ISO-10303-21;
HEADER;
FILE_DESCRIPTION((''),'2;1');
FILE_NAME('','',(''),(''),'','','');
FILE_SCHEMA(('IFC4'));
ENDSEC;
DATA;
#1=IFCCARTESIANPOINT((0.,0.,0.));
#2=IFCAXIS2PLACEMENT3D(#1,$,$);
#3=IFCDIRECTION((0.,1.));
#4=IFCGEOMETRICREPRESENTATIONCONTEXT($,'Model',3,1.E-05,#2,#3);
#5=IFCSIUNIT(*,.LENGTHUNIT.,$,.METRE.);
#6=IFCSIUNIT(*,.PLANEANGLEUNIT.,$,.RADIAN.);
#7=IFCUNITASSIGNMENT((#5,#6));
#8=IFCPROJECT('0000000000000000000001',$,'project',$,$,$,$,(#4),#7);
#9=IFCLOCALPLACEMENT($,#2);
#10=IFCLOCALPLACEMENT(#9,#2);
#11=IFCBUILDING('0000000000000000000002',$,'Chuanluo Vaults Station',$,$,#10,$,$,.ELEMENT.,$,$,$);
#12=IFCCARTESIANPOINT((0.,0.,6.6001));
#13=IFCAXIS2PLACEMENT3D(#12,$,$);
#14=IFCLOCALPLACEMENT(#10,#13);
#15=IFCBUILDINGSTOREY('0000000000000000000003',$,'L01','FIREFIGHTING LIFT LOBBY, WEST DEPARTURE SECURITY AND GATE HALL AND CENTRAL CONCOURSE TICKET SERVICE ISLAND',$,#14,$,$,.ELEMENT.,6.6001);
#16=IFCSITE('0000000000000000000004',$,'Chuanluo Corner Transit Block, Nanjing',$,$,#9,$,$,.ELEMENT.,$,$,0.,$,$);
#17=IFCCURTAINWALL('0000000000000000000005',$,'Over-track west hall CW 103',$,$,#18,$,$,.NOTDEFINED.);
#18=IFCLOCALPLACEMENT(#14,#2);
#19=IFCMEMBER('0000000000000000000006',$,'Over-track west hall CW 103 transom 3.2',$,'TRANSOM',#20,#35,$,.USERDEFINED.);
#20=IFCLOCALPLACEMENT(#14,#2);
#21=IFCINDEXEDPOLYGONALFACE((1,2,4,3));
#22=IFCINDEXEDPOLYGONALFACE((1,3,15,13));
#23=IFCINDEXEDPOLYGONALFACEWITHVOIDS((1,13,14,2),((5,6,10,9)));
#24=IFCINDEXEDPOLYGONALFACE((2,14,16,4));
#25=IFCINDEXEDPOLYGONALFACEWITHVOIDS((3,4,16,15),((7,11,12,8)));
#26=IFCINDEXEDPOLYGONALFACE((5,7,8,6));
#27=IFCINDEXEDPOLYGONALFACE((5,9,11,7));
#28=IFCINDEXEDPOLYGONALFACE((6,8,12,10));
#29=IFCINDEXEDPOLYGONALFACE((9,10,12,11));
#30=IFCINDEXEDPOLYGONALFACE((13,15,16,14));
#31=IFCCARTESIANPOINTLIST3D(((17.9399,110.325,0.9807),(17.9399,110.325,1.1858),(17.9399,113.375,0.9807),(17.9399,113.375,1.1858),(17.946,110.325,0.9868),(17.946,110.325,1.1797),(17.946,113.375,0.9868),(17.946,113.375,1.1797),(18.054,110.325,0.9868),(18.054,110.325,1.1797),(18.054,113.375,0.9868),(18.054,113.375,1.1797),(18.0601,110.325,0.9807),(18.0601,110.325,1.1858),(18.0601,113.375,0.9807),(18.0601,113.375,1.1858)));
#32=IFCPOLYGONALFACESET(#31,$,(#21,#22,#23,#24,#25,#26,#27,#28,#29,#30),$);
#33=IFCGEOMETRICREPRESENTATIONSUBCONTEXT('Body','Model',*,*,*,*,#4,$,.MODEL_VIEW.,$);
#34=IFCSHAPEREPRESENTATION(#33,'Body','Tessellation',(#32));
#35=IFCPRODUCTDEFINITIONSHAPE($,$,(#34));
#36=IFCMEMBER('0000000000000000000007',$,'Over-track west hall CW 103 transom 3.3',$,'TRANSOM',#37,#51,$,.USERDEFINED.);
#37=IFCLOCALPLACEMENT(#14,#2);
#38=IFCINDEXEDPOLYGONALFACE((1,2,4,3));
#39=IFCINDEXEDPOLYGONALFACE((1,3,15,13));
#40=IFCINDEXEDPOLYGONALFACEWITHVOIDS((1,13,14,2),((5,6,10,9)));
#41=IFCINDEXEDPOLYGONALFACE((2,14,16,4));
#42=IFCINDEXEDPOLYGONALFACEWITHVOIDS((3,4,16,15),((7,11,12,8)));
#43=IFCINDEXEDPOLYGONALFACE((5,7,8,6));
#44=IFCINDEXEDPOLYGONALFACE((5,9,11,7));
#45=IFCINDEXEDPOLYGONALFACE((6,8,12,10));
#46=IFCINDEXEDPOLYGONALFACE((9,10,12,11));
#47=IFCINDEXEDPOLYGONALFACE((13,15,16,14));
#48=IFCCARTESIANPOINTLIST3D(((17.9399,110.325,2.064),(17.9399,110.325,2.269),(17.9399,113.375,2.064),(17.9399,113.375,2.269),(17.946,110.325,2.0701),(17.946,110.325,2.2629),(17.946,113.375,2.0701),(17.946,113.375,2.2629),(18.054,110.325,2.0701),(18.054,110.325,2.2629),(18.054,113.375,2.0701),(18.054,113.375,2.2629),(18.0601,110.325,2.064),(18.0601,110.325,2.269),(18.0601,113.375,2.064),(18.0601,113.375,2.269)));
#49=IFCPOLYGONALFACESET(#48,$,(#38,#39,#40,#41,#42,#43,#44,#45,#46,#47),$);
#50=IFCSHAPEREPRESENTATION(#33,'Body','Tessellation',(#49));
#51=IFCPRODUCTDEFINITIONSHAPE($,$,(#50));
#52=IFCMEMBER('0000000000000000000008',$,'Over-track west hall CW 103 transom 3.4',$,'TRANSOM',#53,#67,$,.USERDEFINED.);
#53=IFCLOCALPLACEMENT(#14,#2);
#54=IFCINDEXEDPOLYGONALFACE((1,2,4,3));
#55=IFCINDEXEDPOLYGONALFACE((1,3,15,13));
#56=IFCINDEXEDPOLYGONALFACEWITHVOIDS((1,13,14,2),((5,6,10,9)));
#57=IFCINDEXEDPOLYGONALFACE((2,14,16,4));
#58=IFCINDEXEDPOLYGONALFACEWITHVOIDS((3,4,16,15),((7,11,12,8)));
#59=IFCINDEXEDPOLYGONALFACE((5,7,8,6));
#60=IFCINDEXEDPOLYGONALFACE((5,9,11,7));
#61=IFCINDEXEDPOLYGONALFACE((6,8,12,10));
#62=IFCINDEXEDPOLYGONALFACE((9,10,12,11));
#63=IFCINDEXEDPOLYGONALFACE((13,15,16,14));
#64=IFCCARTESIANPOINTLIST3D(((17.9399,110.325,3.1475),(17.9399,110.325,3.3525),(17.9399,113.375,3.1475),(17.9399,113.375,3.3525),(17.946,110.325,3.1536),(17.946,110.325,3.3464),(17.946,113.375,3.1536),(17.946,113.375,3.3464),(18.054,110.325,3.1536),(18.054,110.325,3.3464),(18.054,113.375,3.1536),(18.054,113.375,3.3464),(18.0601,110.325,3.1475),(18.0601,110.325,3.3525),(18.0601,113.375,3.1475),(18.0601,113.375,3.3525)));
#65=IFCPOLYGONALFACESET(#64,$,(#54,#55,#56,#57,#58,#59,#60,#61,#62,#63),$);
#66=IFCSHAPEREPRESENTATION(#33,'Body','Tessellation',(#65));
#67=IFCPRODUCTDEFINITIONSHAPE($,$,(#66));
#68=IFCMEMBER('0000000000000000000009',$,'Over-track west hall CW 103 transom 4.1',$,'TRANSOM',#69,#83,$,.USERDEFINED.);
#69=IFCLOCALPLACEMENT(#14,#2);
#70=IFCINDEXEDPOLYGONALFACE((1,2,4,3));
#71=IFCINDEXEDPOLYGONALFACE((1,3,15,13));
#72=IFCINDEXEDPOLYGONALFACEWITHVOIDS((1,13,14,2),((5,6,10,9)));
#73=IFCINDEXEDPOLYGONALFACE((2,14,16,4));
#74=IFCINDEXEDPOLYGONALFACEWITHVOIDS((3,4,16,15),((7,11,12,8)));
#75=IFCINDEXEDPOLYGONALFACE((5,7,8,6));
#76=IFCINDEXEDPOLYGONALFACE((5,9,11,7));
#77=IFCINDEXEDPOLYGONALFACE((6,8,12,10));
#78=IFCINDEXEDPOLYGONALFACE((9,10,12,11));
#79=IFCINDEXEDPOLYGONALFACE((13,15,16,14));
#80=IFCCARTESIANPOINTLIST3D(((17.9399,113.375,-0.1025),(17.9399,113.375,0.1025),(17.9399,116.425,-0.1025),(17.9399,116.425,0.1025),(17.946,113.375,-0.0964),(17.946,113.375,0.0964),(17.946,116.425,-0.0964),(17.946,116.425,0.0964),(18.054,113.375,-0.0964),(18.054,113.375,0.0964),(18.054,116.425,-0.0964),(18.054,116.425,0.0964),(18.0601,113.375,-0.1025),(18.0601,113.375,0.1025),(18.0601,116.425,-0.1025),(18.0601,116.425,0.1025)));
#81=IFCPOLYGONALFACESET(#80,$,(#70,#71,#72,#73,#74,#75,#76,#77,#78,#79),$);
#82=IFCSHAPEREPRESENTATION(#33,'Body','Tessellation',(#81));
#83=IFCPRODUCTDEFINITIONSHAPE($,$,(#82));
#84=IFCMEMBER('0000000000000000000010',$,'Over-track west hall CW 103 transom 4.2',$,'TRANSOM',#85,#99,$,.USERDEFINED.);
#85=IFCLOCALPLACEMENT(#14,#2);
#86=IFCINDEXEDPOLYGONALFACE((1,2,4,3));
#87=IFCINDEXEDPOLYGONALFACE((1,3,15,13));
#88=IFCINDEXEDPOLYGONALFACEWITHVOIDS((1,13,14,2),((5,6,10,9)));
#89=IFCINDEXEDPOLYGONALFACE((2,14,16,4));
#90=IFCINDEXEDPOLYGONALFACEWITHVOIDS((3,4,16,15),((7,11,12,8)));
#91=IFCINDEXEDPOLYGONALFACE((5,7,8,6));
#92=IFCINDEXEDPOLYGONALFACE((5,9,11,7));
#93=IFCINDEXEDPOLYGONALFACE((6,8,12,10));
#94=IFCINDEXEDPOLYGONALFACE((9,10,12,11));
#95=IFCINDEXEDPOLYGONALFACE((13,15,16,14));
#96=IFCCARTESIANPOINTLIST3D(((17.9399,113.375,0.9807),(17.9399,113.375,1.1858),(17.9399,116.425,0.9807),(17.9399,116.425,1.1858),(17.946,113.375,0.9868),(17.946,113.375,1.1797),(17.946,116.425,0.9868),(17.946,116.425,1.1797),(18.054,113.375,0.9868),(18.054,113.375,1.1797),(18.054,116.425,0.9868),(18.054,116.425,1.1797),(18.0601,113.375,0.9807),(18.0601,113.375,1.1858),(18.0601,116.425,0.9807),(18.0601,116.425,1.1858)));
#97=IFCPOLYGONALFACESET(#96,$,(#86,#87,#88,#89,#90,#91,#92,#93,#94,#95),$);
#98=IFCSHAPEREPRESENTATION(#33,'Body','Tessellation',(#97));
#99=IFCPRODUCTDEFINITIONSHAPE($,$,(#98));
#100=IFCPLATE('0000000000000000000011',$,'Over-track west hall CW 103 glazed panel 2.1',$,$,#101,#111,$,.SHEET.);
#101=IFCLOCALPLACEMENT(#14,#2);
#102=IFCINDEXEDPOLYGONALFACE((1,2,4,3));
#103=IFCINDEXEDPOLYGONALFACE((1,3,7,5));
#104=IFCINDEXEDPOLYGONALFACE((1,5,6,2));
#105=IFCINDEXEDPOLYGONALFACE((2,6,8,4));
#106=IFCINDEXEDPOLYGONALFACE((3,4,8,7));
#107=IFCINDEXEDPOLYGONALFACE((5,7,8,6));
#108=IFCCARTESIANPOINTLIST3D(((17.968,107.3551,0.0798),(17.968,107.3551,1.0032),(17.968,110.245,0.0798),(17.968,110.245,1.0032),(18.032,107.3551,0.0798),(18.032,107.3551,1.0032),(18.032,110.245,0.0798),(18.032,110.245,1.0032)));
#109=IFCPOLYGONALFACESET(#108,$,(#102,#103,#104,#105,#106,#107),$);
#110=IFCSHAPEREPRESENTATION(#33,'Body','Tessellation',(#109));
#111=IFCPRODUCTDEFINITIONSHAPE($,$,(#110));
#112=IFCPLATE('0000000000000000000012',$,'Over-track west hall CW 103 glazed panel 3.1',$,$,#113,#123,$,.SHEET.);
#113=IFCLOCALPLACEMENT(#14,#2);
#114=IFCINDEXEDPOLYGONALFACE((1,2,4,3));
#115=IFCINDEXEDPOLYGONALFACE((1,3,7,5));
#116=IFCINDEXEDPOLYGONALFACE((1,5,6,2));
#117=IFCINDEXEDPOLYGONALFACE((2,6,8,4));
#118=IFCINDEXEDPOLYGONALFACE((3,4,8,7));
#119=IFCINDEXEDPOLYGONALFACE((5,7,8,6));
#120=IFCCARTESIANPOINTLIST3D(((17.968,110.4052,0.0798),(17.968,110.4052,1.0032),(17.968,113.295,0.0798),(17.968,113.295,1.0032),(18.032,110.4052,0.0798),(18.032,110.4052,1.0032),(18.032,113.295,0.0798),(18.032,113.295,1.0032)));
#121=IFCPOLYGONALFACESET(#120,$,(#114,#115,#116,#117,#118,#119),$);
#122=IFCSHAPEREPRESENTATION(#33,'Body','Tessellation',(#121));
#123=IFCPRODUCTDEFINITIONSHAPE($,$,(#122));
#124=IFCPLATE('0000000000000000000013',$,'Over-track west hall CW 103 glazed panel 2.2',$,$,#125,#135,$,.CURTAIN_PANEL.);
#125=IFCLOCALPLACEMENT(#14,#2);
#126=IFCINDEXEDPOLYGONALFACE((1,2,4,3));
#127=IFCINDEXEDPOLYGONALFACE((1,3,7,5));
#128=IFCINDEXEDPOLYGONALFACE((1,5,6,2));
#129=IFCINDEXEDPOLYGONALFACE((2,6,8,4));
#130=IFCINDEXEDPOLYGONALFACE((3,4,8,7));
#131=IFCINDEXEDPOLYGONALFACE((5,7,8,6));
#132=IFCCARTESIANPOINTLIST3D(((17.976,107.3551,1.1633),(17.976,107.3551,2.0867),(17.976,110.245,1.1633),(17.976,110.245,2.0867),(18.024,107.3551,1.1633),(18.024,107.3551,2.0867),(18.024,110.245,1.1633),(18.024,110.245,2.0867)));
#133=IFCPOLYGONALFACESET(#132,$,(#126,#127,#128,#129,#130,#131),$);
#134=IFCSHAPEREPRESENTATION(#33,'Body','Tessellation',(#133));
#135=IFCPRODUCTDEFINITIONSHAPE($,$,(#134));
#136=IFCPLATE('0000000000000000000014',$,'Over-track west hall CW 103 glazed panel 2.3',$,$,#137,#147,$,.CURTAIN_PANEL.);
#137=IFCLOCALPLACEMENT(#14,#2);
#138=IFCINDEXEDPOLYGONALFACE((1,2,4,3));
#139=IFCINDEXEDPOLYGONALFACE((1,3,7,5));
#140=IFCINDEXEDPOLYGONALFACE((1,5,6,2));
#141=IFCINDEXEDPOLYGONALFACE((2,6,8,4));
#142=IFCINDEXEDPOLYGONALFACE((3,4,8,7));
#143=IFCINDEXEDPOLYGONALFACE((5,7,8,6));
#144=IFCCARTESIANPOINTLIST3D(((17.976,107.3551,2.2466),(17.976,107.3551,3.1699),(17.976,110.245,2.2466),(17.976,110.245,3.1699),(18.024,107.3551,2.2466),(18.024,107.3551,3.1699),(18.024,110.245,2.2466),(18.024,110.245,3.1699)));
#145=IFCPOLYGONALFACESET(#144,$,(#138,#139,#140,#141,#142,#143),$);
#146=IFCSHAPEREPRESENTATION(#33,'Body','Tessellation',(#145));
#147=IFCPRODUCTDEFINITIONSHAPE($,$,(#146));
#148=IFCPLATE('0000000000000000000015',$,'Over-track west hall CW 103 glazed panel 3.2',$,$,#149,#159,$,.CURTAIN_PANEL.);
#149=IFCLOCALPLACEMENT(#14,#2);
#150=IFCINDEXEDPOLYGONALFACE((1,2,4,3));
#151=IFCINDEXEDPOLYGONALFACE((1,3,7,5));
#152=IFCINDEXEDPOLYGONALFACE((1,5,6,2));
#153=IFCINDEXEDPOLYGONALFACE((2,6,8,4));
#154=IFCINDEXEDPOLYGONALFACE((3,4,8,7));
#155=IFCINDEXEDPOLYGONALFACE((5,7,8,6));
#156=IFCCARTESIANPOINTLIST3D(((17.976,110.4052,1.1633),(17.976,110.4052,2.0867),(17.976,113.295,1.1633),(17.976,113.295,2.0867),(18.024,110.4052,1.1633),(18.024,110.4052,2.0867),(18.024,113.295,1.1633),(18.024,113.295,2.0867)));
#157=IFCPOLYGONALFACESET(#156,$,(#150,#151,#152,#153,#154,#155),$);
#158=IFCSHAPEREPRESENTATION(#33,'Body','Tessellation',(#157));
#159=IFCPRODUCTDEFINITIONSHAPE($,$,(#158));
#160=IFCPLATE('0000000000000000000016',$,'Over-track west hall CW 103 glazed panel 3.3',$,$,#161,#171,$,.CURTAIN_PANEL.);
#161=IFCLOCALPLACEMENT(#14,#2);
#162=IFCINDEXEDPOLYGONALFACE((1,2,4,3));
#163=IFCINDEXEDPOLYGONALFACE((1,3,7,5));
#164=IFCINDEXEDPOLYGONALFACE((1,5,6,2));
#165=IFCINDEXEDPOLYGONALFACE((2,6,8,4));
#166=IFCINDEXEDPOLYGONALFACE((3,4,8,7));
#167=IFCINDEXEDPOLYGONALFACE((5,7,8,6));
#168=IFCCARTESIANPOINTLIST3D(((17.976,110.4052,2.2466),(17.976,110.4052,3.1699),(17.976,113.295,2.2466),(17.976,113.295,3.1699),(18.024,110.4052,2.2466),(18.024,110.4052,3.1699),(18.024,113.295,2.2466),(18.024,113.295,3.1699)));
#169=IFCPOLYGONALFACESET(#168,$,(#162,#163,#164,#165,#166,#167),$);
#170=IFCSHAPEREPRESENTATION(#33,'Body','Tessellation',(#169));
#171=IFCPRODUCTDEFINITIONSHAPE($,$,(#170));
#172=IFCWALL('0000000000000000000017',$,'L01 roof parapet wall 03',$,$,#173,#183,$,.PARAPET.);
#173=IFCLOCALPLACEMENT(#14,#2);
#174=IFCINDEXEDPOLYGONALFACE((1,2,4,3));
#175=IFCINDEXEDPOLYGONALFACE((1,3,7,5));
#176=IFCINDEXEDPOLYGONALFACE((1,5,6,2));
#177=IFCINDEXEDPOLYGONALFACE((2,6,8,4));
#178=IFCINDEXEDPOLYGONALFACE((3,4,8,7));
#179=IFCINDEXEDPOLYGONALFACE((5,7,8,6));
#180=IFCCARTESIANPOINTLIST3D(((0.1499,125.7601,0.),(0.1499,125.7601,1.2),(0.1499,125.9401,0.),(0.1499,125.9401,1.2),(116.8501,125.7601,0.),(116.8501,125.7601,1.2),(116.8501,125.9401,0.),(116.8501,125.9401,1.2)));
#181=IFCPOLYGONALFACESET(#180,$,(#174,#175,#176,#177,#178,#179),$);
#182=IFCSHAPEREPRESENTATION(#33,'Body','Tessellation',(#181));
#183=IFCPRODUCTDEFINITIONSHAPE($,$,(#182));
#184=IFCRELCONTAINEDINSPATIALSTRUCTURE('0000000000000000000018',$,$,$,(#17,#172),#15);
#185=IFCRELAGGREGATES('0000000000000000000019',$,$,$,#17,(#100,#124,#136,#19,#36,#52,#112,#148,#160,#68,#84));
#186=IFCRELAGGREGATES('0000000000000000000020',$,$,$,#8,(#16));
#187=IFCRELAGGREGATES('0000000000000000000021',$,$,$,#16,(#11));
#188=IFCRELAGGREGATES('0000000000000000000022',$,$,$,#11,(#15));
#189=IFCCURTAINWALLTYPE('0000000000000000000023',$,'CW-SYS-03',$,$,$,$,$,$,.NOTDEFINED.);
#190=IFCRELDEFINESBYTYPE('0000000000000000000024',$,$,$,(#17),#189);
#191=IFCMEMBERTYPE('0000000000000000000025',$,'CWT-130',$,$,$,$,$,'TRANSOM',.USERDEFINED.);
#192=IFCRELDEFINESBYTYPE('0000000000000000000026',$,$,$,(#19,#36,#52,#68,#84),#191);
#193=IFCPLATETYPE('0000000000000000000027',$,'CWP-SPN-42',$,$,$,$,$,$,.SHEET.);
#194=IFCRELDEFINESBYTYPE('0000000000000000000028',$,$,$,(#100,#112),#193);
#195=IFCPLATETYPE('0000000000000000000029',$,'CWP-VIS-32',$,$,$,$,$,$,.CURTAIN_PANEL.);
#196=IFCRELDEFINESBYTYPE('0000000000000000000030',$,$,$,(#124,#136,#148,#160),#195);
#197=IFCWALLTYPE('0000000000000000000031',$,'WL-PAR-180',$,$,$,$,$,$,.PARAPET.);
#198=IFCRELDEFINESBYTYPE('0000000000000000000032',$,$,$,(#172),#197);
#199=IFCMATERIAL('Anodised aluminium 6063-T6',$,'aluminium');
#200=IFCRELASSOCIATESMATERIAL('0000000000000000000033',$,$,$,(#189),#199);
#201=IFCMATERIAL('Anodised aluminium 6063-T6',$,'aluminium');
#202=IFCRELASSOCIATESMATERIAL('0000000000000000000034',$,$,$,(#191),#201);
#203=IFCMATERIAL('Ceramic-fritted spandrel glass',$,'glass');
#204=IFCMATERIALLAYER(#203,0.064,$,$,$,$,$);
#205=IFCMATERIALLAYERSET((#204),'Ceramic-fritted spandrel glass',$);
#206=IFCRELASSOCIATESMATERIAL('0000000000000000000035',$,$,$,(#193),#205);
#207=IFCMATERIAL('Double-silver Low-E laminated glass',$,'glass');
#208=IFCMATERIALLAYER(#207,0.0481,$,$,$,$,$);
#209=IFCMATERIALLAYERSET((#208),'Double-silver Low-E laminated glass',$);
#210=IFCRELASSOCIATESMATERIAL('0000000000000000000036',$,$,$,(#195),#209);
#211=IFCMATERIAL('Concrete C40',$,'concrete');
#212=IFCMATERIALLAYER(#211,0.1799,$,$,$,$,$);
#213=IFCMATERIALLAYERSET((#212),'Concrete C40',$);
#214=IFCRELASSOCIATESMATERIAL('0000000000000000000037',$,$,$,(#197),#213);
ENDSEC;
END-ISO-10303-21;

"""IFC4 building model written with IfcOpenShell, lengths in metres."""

from ifc_helpers import new_model, si_unit, direction, frame, frame_2d, origin, origin_2d, place, context, subcontext, project, spatial, rectangle, hollow_rectangle, extrude, material, layer, layer_set, material_profile, profile_set, type_object, element, aggregate, save


model = new_model("IFC4")

# Units and contexts
model_context = context("Model", 3, precision=1e-05, world=origin(), true_north=direction((0.0, 1.0)))
body_context = subcontext(model_context, "Body", "Model", "MODEL_VIEW")
ifc_project = project(units=[si_unit("LENGTHUNIT", "METRE"), si_unit("PLANEANGLEUNIT", "RADIAN")], contexts=[model_context])

# Site, building, storey
site_placement = place(None, origin())
site = spatial("IfcSite", under=ifc_project, at=site_placement, Name="Chuanluo Corner Transit Block, Nanjing", CompositionType="ELEMENT", RefElevation=0.0)
building_placement = place(site_placement, origin())
building = spatial("IfcBuilding", under=site, at=building_placement, Name="Chuanluo Vaults Station", CompositionType="ELEMENT")
storey_placement = place(building_placement, frame((0.0, 0.0, 6.6001)))
storey = spatial("IfcBuildingStorey", under=building, at=storey_placement, Name="L01", Description="FIREFIGHTING LIFT LOBBY, WEST DEPARTURE SECURITY AND GATE HALL AND CENTRAL CONCOURSE TICKET SERVICE ISLAND", CompositionType="ELEMENT", Elevation=6.6001)

# Curtain wall, members, plates
ifc_material_1 = material(Name="Anodised aluminium 6063-T6", Category="aluminium")
curtain_wall_type = type_object("IfcCurtainWallType", Name="CW-SYS-03", PredefinedType="NOTDEFINED", material=ifc_material_1)
curtain_wall_placement = place(storey_placement, origin())
curtain_wall = element("IfcCurtainWall", 1, at=curtain_wall_placement, inside=storey, type_object=curtain_wall_type, Name="Over-track west hall CW 103", PredefinedType="NOTDEFINED")
ifc_material_2 = material(Name="Anodised aluminium 6063-T6", Category="aluminium")
ifc_material_profile_1 = material_profile(ifc_material_2, hollow_rectangle(XDim=0.1201, YDim=0.2051, WallThickness=0.0061, at=origin_2d()))
ifc_profile_set_1 = profile_set([ifc_material_profile_1], Name="Anodised aluminium 6063-T6")
member_type_1 = type_object("IfcMemberType", Name="CWT-130", ElementType="TRANSOM", PredefinedType="USERDEFINED", material=ifc_profile_set_1)
member_1_placement = place(storey_placement, frame((18.0, 110.325, 1.0833), z_axis=(0.0, 1.0, 0.0), x_axis=(-1.0, 0.0, 0.0)))
member_1 = element("IfcMember", 2, at=member_1_placement, type_object=member_type_1, Name="Over-track west hall CW 103 transom 3.2", ObjectType="TRANSOM", PredefinedType="USERDEFINED", context=body_context, shape_type="SweptSolid", body=[
    extrude(hollow_rectangle(XDim=0.1201, YDim=0.2051, WallThickness=0.0061, at=origin_2d()), origin(), (0.0, 0.0, 1.0), 3.05),
])
member_2_placement = place(storey_placement, frame((18.0, 110.325, 2.1665), z_axis=(0.0, 1.0, 0.0), x_axis=(-1.0, 0.0, 0.0)))
member_2 = element("IfcMember", 3, at=member_2_placement, type_object=member_type_1, Name="Over-track west hall CW 103 transom 3.3", ObjectType="TRANSOM", PredefinedType="USERDEFINED", context=body_context, shape_type="SweptSolid", body=[
    extrude(hollow_rectangle(XDim=0.1201, YDim=0.2051, WallThickness=0.0061, at=origin_2d()), origin(), (0.0, 0.0, 1.0), 3.05),
])
member_3_placement = place(storey_placement, frame((18.0, 110.325, 3.25), z_axis=(0.0, 1.0, 0.0), x_axis=(-1.0, 0.0, 0.0)))
member_3 = element("IfcMember", 4, at=member_3_placement, type_object=member_type_1, Name="Over-track west hall CW 103 transom 3.4", ObjectType="TRANSOM", PredefinedType="USERDEFINED", context=body_context, shape_type="SweptSolid", body=[
    extrude(hollow_rectangle(XDim=0.1201, YDim=0.2051, WallThickness=0.0061, at=origin_2d()), origin(), (0.0, 0.0, 1.0), 3.05),
])
member_4_placement = place(storey_placement, frame((18.0, 113.375, 0.0), z_axis=(0.0, 1.0, 0.0), x_axis=(-1.0, 0.0, 0.0)))
member_4 = element("IfcMember", 5, at=member_4_placement, type_object=member_type_1, Name="Over-track west hall CW 103 transom 4.1", ObjectType="TRANSOM", PredefinedType="USERDEFINED", context=body_context, shape_type="SweptSolid", body=[
    extrude(hollow_rectangle(XDim=0.1201, YDim=0.2051, WallThickness=0.0061, at=origin_2d()), origin(), (0.0, 0.0, 1.0), 3.05),
])
member_5_placement = place(storey_placement, frame((18.0, 113.375, 1.0833), z_axis=(0.0, 1.0, 0.0), x_axis=(-1.0, 0.0, 0.0)))
member_5 = element("IfcMember", 6, at=member_5_placement, type_object=member_type_1, Name="Over-track west hall CW 103 transom 4.2", ObjectType="TRANSOM", PredefinedType="USERDEFINED", context=body_context, shape_type="SweptSolid", body=[
    extrude(hollow_rectangle(XDim=0.1201, YDim=0.2051, WallThickness=0.0061, at=origin_2d()), origin(), (0.0, 0.0, 1.0), 3.05),
])
ifc_material_3 = material(Name="Ceramic-fritted spandrel glass", Category="glass")
ifc_layer_1 = layer(ifc_material_3, 0.064)
ifc_layer_set_1 = layer_set([ifc_layer_1], Name="Ceramic-fritted spandrel glass")
plate_type_1 = type_object("IfcPlateType", Name="CWP-SPN-42", PredefinedType="SHEET", material=ifc_layer_set_1)
plate_1_placement = place(storey_placement, frame((18.0, 108.8, 0.0798), z_axis=(0.0, 0.0, 1.0), x_axis=(0.0, 1.0, 0.0)))
plate_1 = element("IfcPlate", 7, at=plate_1_placement, type_object=plate_type_1, Name="Over-track west hall CW 103 glazed panel 2.1", PredefinedType="SHEET", context=body_context, shape_type="SweptSolid", body=[
    extrude(rectangle(XDim=2.8899, YDim=0.064, at=origin_2d()), origin(), (0.0, 0.0, 1.0), 0.9233),
])
plate_2_placement = place(storey_placement, frame((18.0, 111.8501, 0.0798), z_axis=(0.0, 0.0, 1.0), x_axis=(0.0, 1.0, 0.0)))
plate_2 = element("IfcPlate", 8, at=plate_2_placement, type_object=plate_type_1, Name="Over-track west hall CW 103 glazed panel 3.1", PredefinedType="SHEET", context=body_context, shape_type="SweptSolid", body=[
    extrude(rectangle(XDim=2.8899, YDim=0.064, at=origin_2d()), origin(), (0.0, 0.0, 1.0), 0.9233),
])
ifc_material_4 = material(Name="Double-silver Low-E laminated glass", Category="glass")
ifc_layer_2 = layer(ifc_material_4, 0.0481)
ifc_layer_set_2 = layer_set([ifc_layer_2], Name="Double-silver Low-E laminated glass")
plate_type_2 = type_object("IfcPlateType", Name="CWP-VIS-32", PredefinedType="CURTAIN_PANEL", material=ifc_layer_set_2)
plate_3_placement = place(storey_placement, frame((18.0, 108.8, 1.1633), z_axis=(0.0, 0.0, 1.0), x_axis=(0.0, 1.0, 0.0)))
plate_3 = element("IfcPlate", 9, at=plate_3_placement, type_object=plate_type_2, Name="Over-track west hall CW 103 glazed panel 2.2", PredefinedType="CURTAIN_PANEL", context=body_context, shape_type="SweptSolid", body=[
    extrude(rectangle(XDim=2.8899, YDim=0.0481, at=origin_2d()), origin(), (0.0, 0.0, 1.0), 0.9233),
])
plate_4_placement = place(storey_placement, frame((18.0, 108.8, 2.2466), z_axis=(0.0, 0.0, 1.0), x_axis=(0.0, 1.0, 0.0)))
plate_4 = element("IfcPlate", 10, at=plate_4_placement, type_object=plate_type_2, Name="Over-track west hall CW 103 glazed panel 2.3", PredefinedType="CURTAIN_PANEL", context=body_context, shape_type="SweptSolid", body=[
    extrude(rectangle(XDim=2.8899, YDim=0.0481, at=origin_2d()), origin(), (0.0, 0.0, 1.0), 0.9233),
])
plate_5_placement = place(storey_placement, frame((18.0, 111.8501, 1.1633), z_axis=(0.0, 0.0, 1.0), x_axis=(0.0, 1.0, 0.0)))
plate_5 = element("IfcPlate", 11, at=plate_5_placement, type_object=plate_type_2, Name="Over-track west hall CW 103 glazed panel 3.2", PredefinedType="CURTAIN_PANEL", context=body_context, shape_type="SweptSolid", body=[
    extrude(rectangle(XDim=2.8899, YDim=0.0481, at=origin_2d()), origin(), (0.0, 0.0, 1.0), 0.9233),
])
plate_6_placement = place(storey_placement, frame((18.0, 111.8501, 2.2466), z_axis=(0.0, 0.0, 1.0), x_axis=(0.0, 1.0, 0.0)))
plate_6 = element("IfcPlate", 12, at=plate_6_placement, type_object=plate_type_2, Name="Over-track west hall CW 103 glazed panel 3.3", PredefinedType="CURTAIN_PANEL", context=body_context, shape_type="SweptSolid", body=[
    extrude(rectangle(XDim=2.8899, YDim=0.0481, at=origin_2d()), origin(), (0.0, 0.0, 1.0), 0.9233),
])
aggregate(curtain_wall, [plate_1, plate_3, plate_4, member_1, member_2, member_3, plate_2, plate_5, plate_6, member_4, member_5])

# Wall
ifc_material_5 = material(Name="Concrete C40", Category="concrete")
ifc_layer_3 = layer(ifc_material_5, 0.1799)
ifc_layer_set_3 = layer_set([ifc_layer_3], Name="Concrete C40")
wall_type = type_object("IfcWallType", Name="WL-PAR-180", PredefinedType="PARAPET", material=ifc_layer_set_3)
wall_placement = place(storey_placement, frame((0.1499, 125.8501, 0.0), z_axis=(0.0, 0.0, 1.0), x_axis=(1.0, 0.0, 0.0)))
element("IfcWall", 13, at=wall_placement, inside=storey, type_object=wall_type, Name="L01 roof parapet wall 03", PredefinedType="PARAPET", context=body_context, shape_type="SweptSolid", body=[
    extrude(rectangle(XDim=116.7002, YDim=0.1799, at=frame_2d((58.3501, 0.0))), origin(), (0.0, 0.0, 1.0), 1.2),
])

save(model, "model.ifc")
